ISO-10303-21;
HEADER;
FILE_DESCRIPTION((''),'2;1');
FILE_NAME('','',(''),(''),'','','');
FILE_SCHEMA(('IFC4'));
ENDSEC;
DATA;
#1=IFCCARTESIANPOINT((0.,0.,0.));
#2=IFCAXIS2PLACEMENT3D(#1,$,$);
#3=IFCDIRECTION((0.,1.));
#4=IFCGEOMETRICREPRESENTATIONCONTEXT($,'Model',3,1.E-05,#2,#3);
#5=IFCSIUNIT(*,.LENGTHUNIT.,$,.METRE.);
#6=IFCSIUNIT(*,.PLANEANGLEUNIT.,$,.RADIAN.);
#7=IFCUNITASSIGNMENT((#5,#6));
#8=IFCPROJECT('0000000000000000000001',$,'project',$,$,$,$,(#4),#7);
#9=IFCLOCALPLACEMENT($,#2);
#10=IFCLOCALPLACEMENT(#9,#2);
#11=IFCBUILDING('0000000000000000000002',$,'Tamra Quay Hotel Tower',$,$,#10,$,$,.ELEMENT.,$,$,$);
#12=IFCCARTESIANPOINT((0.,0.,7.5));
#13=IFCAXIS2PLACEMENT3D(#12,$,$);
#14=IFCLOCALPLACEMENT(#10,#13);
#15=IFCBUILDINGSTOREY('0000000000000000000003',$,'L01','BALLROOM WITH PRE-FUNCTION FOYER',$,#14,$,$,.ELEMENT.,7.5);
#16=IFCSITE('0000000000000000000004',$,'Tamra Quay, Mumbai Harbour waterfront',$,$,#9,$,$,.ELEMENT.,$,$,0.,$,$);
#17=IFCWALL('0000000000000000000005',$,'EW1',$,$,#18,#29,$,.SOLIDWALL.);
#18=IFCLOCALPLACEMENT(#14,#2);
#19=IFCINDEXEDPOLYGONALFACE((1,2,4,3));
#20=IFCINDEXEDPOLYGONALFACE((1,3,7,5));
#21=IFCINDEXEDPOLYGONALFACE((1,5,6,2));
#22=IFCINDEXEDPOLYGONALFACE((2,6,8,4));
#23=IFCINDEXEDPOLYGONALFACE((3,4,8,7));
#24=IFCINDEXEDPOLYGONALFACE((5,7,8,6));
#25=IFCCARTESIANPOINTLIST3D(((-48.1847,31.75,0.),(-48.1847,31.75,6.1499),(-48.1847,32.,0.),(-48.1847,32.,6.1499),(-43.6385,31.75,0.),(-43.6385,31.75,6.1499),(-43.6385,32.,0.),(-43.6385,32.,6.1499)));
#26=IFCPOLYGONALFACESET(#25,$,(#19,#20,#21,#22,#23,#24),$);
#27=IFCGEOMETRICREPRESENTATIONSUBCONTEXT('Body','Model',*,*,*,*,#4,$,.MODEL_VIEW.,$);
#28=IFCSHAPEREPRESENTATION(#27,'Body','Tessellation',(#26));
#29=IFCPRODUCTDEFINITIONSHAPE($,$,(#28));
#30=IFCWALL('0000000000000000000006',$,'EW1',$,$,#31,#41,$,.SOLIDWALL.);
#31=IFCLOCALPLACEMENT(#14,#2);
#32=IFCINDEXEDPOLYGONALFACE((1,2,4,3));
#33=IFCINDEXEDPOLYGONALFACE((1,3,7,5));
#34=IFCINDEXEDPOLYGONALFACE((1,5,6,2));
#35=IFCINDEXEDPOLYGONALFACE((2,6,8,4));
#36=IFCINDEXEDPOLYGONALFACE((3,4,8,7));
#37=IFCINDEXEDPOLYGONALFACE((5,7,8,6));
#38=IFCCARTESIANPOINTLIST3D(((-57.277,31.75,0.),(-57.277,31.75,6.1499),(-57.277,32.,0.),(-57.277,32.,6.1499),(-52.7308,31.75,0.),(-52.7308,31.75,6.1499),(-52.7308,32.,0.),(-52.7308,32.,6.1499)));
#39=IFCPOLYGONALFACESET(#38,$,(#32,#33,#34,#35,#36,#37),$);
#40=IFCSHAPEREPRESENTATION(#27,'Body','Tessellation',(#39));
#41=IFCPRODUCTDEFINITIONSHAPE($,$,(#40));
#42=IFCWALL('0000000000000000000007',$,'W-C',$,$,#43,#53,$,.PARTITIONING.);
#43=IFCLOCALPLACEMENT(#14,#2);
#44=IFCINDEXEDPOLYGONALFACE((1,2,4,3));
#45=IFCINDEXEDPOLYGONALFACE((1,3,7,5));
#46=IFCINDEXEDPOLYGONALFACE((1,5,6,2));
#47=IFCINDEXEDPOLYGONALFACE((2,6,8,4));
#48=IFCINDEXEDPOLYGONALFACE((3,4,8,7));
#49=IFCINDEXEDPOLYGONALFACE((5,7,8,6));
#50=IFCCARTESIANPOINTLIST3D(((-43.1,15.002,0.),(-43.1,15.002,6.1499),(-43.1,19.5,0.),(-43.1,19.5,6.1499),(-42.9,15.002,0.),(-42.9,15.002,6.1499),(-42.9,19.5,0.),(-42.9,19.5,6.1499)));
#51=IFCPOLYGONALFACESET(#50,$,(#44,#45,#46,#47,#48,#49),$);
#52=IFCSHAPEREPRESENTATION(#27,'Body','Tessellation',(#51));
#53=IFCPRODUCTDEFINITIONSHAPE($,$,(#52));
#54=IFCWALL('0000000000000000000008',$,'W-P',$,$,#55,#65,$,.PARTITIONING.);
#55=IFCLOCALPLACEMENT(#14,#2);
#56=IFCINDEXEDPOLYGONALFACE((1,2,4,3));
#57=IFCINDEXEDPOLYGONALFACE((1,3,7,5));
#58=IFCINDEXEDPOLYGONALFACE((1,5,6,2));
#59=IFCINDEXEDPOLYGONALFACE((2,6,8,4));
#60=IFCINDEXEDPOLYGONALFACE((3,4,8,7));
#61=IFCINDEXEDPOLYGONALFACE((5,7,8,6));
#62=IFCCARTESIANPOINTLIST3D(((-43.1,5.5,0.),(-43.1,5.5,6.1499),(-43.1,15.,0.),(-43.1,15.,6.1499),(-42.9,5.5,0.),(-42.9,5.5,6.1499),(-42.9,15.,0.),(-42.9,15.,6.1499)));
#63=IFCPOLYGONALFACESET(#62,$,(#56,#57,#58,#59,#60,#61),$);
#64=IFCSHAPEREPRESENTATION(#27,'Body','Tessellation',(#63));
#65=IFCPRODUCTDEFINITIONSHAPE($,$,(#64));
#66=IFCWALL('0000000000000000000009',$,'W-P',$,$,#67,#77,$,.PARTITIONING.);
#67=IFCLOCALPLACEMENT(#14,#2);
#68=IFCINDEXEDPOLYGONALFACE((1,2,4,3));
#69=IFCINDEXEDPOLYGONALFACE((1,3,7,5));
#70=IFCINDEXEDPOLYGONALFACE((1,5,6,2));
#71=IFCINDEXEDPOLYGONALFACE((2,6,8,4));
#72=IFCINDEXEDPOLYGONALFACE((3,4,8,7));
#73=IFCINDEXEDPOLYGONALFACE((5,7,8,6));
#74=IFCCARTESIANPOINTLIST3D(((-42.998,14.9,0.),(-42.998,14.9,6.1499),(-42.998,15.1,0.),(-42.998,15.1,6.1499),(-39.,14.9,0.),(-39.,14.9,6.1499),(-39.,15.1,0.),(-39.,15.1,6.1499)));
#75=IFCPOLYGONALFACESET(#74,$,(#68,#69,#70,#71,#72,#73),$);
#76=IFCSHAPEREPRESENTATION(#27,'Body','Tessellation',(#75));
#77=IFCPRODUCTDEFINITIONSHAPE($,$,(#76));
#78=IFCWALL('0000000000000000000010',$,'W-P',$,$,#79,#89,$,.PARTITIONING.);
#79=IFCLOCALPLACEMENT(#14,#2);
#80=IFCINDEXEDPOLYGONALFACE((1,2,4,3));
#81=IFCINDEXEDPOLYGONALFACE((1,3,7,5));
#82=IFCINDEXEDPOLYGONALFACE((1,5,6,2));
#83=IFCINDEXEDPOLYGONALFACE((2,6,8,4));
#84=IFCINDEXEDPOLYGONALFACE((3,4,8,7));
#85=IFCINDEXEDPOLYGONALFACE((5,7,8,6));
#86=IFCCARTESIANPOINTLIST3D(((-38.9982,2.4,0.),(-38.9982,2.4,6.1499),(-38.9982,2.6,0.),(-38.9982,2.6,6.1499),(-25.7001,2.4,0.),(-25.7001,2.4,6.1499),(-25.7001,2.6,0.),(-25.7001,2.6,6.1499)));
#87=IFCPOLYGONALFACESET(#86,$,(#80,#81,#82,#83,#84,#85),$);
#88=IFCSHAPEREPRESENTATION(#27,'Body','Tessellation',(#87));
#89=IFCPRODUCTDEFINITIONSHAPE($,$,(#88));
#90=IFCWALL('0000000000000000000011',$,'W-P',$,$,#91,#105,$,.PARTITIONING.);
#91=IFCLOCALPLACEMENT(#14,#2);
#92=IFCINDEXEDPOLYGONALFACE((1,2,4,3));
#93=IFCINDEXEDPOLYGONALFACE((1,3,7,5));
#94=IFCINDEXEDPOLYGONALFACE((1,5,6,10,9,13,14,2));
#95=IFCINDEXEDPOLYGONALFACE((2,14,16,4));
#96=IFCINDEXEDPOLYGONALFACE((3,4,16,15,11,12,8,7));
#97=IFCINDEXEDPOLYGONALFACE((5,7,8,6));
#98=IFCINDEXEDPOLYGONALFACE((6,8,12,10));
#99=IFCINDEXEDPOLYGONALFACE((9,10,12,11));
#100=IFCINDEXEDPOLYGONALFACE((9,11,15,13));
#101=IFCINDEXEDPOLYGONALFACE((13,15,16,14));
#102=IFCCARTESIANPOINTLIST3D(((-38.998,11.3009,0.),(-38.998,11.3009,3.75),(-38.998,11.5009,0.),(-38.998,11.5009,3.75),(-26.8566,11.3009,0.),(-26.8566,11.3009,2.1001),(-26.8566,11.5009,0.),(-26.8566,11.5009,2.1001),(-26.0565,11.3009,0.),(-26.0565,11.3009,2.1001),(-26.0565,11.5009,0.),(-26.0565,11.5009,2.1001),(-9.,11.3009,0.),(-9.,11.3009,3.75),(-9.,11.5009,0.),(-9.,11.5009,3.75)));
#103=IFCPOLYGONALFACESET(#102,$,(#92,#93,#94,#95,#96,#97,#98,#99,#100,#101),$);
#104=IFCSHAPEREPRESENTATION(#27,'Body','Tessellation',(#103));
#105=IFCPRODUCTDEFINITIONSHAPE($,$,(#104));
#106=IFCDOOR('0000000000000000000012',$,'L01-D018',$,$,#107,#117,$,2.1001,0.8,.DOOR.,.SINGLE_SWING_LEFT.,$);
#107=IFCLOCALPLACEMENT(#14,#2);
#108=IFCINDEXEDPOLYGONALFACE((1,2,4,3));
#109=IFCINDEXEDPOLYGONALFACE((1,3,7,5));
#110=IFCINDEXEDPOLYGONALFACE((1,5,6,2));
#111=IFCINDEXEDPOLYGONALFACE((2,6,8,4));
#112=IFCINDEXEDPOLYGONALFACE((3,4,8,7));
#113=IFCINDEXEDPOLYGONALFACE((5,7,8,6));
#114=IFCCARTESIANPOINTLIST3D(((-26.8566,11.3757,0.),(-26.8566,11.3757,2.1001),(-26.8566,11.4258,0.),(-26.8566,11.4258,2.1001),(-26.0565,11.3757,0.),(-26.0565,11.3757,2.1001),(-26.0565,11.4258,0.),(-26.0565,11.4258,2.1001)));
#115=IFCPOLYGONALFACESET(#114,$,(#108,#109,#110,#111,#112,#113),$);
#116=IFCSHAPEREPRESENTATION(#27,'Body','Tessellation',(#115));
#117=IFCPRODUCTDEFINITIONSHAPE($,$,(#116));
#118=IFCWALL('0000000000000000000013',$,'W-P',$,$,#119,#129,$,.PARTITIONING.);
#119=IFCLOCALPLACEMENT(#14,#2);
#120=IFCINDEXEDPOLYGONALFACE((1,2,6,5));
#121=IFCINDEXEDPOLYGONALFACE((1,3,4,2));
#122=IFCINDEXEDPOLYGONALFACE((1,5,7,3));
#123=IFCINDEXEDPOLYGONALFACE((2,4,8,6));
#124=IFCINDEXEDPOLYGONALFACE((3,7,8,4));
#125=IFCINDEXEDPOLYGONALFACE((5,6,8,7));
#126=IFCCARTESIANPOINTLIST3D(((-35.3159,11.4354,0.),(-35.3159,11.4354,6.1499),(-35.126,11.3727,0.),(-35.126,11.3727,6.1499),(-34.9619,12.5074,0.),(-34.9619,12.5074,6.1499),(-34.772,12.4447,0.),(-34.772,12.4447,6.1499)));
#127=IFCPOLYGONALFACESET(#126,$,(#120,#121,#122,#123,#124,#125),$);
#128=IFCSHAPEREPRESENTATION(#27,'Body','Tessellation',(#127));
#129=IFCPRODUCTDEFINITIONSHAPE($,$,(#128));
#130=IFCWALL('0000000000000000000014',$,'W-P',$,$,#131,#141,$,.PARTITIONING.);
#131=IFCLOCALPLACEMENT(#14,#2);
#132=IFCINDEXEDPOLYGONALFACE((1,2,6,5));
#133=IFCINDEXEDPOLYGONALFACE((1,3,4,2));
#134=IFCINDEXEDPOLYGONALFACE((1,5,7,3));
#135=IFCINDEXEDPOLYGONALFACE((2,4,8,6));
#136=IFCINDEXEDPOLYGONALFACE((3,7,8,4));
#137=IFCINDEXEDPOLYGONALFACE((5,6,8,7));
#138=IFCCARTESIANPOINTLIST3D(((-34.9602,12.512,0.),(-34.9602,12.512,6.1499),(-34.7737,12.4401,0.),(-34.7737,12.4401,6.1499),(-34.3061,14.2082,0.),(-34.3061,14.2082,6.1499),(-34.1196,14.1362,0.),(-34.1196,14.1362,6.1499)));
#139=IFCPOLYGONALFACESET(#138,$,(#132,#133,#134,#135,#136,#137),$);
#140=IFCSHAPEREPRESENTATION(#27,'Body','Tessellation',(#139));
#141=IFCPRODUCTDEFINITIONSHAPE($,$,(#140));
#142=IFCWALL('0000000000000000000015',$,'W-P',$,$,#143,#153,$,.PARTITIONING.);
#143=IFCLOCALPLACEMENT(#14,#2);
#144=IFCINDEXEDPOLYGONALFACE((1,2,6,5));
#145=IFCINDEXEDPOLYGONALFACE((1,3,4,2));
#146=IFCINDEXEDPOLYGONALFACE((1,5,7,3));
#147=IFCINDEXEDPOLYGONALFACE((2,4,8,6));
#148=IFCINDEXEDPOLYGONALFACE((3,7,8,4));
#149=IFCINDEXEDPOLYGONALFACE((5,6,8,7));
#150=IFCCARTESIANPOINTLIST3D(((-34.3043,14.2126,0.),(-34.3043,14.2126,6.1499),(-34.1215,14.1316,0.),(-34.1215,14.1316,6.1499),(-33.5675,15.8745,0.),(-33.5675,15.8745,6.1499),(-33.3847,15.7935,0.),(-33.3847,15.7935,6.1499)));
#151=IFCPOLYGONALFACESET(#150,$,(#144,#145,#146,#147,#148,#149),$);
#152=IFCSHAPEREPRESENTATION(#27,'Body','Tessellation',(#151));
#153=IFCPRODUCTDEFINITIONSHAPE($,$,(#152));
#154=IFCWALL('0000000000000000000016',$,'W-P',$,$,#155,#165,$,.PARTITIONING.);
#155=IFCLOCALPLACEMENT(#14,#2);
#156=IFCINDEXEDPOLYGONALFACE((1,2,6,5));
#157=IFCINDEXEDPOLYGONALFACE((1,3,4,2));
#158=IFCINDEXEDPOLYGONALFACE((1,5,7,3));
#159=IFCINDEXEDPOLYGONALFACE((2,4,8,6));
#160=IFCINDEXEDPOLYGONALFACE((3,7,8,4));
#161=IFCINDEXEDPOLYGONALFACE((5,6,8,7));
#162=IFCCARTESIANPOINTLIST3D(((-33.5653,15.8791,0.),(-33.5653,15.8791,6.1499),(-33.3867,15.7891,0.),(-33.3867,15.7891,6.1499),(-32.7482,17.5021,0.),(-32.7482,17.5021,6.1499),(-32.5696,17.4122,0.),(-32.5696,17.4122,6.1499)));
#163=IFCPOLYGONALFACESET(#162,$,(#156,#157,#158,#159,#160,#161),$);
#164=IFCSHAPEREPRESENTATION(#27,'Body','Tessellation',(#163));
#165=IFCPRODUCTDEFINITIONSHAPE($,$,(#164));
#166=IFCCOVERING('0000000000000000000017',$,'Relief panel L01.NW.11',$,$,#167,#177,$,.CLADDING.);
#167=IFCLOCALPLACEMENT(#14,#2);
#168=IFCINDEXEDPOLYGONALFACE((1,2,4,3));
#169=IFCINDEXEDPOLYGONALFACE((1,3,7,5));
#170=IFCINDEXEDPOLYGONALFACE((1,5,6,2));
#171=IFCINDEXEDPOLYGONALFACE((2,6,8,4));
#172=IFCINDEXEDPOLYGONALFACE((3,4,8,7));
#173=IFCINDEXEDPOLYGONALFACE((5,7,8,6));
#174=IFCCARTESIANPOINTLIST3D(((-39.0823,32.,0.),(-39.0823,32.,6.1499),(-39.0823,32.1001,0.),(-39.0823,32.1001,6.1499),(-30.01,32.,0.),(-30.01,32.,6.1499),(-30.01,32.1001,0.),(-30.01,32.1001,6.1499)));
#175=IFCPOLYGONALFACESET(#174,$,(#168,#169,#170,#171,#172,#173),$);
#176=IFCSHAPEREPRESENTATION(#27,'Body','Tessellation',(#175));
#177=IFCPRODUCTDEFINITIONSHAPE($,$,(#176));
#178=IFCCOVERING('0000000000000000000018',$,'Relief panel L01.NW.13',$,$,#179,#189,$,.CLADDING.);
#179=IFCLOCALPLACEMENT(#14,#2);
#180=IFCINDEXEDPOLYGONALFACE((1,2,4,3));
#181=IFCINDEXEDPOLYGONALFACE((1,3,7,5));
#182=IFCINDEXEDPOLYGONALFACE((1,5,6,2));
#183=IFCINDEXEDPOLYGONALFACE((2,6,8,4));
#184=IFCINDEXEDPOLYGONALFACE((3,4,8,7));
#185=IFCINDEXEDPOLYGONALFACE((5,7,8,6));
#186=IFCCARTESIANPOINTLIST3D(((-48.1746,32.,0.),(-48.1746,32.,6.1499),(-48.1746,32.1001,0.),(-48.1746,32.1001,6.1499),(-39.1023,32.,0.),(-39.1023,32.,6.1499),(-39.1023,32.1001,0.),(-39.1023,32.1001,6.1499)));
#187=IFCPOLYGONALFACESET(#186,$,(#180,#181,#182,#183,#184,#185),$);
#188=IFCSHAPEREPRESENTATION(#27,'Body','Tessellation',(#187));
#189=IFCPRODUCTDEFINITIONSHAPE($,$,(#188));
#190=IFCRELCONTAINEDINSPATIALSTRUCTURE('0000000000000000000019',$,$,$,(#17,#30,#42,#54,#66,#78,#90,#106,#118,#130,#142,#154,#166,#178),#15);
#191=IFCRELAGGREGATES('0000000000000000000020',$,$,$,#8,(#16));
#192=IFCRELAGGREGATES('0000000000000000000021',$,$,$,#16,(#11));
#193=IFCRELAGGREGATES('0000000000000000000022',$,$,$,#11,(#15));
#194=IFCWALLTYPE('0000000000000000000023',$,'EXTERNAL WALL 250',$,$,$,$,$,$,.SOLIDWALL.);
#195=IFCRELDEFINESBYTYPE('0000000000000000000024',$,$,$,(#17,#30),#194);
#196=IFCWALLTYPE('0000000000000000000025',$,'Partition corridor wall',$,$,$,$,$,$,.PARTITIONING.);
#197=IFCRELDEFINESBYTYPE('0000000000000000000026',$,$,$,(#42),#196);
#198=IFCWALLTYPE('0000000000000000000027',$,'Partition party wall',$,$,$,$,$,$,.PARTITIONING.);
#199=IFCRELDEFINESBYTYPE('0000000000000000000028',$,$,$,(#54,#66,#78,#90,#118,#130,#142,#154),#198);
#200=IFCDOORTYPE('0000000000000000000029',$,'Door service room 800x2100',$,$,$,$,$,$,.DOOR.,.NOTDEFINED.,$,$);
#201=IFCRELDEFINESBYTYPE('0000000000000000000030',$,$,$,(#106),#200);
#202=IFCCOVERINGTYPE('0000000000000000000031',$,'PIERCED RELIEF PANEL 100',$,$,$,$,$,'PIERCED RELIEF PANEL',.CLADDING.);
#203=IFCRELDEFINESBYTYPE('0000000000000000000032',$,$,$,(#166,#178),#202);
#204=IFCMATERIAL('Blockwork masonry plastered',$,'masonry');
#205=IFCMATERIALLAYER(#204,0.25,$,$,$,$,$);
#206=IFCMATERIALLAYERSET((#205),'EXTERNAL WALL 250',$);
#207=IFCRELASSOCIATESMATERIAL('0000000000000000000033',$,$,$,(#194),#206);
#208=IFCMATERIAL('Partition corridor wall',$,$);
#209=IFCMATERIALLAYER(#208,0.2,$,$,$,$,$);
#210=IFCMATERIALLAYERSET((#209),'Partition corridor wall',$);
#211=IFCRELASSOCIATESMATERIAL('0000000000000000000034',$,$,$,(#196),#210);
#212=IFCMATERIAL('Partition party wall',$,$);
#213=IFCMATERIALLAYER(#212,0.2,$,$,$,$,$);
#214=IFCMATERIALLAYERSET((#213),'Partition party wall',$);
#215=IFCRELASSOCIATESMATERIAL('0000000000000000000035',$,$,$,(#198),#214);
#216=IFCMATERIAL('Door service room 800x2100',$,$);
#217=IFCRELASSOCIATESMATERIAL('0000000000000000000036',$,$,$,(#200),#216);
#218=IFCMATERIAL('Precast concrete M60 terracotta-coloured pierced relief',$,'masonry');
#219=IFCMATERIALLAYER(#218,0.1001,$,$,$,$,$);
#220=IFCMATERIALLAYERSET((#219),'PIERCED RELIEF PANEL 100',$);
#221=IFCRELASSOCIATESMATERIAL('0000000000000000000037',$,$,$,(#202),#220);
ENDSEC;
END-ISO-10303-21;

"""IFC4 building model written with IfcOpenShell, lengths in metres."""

from ifc_helpers import new_model, si_unit, direction, frame, frame_2d, origin, origin_2d, place, context, subcontext, project, spatial, rectangle, extrude, material, layer, layer_set, type_object, element, fill, save


model = new_model("IFC4")

# Units and contexts
model_context = context("Model", 3, precision=1e-05, world=origin(), true_north=direction((0.0, 1.0)))
body_context = subcontext(model_context, "Body", "Model", "MODEL_VIEW")
ifc_project = project(units=[si_unit("LENGTHUNIT", "METRE"), si_unit("PLANEANGLEUNIT", "RADIAN")], contexts=[model_context])

# Site, building, storey
site_placement = place(None, origin())
site = spatial("IfcSite", under=ifc_project, at=site_placement, Name="Tamra Quay, Mumbai Harbour waterfront", CompositionType="ELEMENT", RefElevation=0.0)
building_placement = place(site_placement, origin())
building = spatial("IfcBuilding", under=site, at=building_placement, Name="Tamra Quay Hotel Tower", CompositionType="ELEMENT")
storey_placement = place(building_placement, frame((0.0, 0.0, 7.5)))
storey = spatial("IfcBuildingStorey", under=building, at=storey_placement, Name="L01", Description="BALLROOM WITH PRE-FUNCTION FOYER", CompositionType="ELEMENT", Elevation=7.5)

# Walls
ifc_material_1 = material(Name="Blockwork masonry plastered", Category="masonry")
ifc_layer_1 = layer(ifc_material_1, 0.25)
ifc_layer_set_1 = layer_set([ifc_layer_1], Name="EXTERNAL WALL 250")
wall_type_1 = type_object("IfcWallType", Name="EXTERNAL WALL 250", PredefinedType="SOLIDWALL", material=ifc_layer_set_1)
for number, where, z_axis, x_axis, name in (
    (1, (-48.1846, 31.875, 0.0), (0.0, 0.0, 1.0), (1.0, 0.0, 0.0), "EW1"),
    (2, (-57.2769, 31.875, 0.0), (0.0, 0.0, 1.0), (1.0, 0.0, 0.0), "EW1"),
):
    element("IfcWall", number, at=place(storey_placement, frame(where, z_axis=z_axis, x_axis=x_axis)), inside=storey, type_object=wall_type_1, Name=name, PredefinedType="SOLIDWALL", context=body_context, shape_type="SweptSolid", body=[
        extrude(rectangle(XDim=4.5461, YDim=0.25, at=frame_2d((2.2729, 0.0))), origin(), (0.0, 0.0, 1.0), 6.1499),
    ])
ifc_material_2 = material(Name="Partition corridor wall")
ifc_layer_2 = layer(ifc_material_2, 0.2)
ifc_layer_set_2 = layer_set([ifc_layer_2], Name="Partition corridor wall")
wall_type_2 = type_object("IfcWallType", Name="Partition corridor wall", PredefinedType="PARTITIONING", material=ifc_layer_set_2)
wall_1_placement = place(storey_placement, frame((-43.0, 15.002, 0.0), z_axis=(0.0, 0.0, 1.0), x_axis=(0.0, 1.0, 0.0)))
element("IfcWall", 3, at=wall_1_placement, inside=storey, type_object=wall_type_2, Name="W-C", PredefinedType="PARTITIONING", context=body_context, shape_type="SweptSolid", body=[
    extrude(rectangle(XDim=4.498, YDim=0.2, at=frame_2d((2.249, 0.0))), origin(), (0.0, 0.0, 1.0), 6.1499),
])
ifc_material_3 = material(Name="Partition party wall")
ifc_layer_3 = layer(ifc_material_3, 0.2)
ifc_layer_set_3 = layer_set([ifc_layer_3], Name="Partition party wall")
wall_type_3 = type_object("IfcWallType", Name="Partition party wall", PredefinedType="PARTITIONING", material=ifc_layer_set_3)
wall_2_placement = place(storey_placement, frame((-43.0, 5.5, 0.0), z_axis=(0.0, 0.0, 1.0), x_axis=(0.0, 1.0, 0.0)))
element("IfcWall", 4, at=wall_2_placement, inside=storey, type_object=wall_type_3, Name="W-P", PredefinedType="PARTITIONING", context=body_context, shape_type="SweptSolid", body=[
    extrude(rectangle(XDim=9.5, YDim=0.2, at=frame_2d((4.75, 0.0))), origin(), (0.0, 0.0, 1.0), 6.1499),
])
wall_3_placement = place(storey_placement, frame((-42.998, 15.0, 0.0), z_axis=(0.0, 0.0, 1.0), x_axis=(1.0, 0.0, 0.0)))
element("IfcWall", 5, at=wall_3_placement, inside=storey, type_object=wall_type_3, Name="W-P", PredefinedType="PARTITIONING", context=body_context, shape_type="SweptSolid", body=[
    extrude(rectangle(XDim=3.998, YDim=0.2, at=frame_2d((1.999, 0.0))), origin(), (0.0, 0.0, 1.0), 6.1499),
])
wall_4_placement = place(storey_placement, frame((-38.998, 2.5, 0.0), z_axis=(0.0, 0.0, 1.0), x_axis=(1.0, 0.0, 0.0)))
element("IfcWall", 6, at=wall_4_placement, inside=storey, type_object=wall_type_3, Name="W-P", PredefinedType="PARTITIONING", context=body_context, shape_type="SweptSolid", body=[
    extrude(rectangle(XDim=13.2981, YDim=0.2, at=frame_2d((6.6489, 0.0))), origin(), (0.0, 0.0, 1.0), 6.1499),
])

# Wall, opening, door
wall_5_placement = place(storey_placement, frame((-38.998, 11.4009, 0.0), z_axis=(0.0, 0.0, 1.0), x_axis=(1.0, 0.0, 0.0)))
wall_5 = element("IfcWall", 7, at=wall_5_placement, inside=storey, type_object=wall_type_3, Name="W-P", PredefinedType="PARTITIONING", context=body_context, shape_type="SweptSolid", body=[
    extrude(rectangle(XDim=29.998, YDim=0.2, at=frame_2d((14.999, 0.0))), origin(), (0.0, 0.0, 1.0), 3.75),
])
opening_placement = place(wall_5_placement, frame((12.1416, 0.0, 0.0)))
opening = element("IfcOpeningElement", 8, at=opening_placement, cuts=wall_5, PredefinedType="OPENING", context=body_context, shape_type="SweptSolid", body=[
    extrude(rectangle(XDim=0.8, YDim=2.1001, at=frame_2d((0.3999, 1.05))), frame((0.0, 0.1099, 0.0), z_axis=(0.0, -1.0, 0.0), x_axis=(1.0, 0.0, 0.0)), (0.0, 0.0, 1.0), 0.22),
])
ifc_material_4 = material(Name="Door service room 800x2100")
door_type = type_object("IfcDoorType", Name="Door service room 800x2100", OperationType="NOTDEFINED", PredefinedType="DOOR", material=ifc_material_4)
door_placement = place(opening_placement, origin())
door = element("IfcDoor", 9, at=door_placement, inside=storey, type_object=door_type, Name="L01-D018", OperationType="SINGLE_SWING_LEFT", OverallHeight=2.1001, OverallWidth=0.8, PredefinedType="DOOR", context=body_context, shape_type="SweptSolid", body=[
    extrude(rectangle(XDim=0.8, YDim=2.1001, at=frame_2d((0.3999, 1.05))), frame((0.0, 0.0249, 0.0), z_axis=(0.0, -1.0, 0.0), x_axis=(1.0, 0.0, 0.0)), (0.0, 0.0, 1.0), 0.05),
])
fill(opening, door)

# Walls
wall_6_placement = place(storey_placement, frame((-35.2209, 11.4041, 0.0), z_axis=(0.0, 0.0, 1.0), x_axis=(0.313567, 0.949566, 0.0)))
element("IfcWall", 10, at=wall_6_placement, inside=storey, type_object=wall_type_3, Name="W-P", PredefinedType="PARTITIONING", context=body_context, shape_type="SweptSolid", body=[
    extrude(rectangle(XDim=1.1289, YDim=0.2, at=frame_2d((0.5645, 0.0))), origin(), (0.0, 0.0, 1.0), 6.1499),
])
for number, where, z_axis, x_axis, name in (
    (11, (-34.8669, 12.4761, 0.0), (0.0, 0.0, 1.0), (0.359807, 0.933027, 0.0), "W-P"),
    (12, (-34.2129, 14.1721, 0.0), (0.0, 0.0, 1.0), (0.405316, 0.914177, 0.0), "W-P"),
):
    element("IfcWall", number, at=place(storey_placement, frame(where, z_axis=z_axis, x_axis=x_axis)), inside=storey, type_object=wall_type_3, Name=name, PredefinedType="PARTITIONING", context=body_context, shape_type="SweptSolid", body=[
        extrude(rectangle(XDim=1.8179, YDim=0.2, at=frame_2d((0.9089, 0.0))), origin(), (0.0, 0.0, 1.0), 6.1499),
    ])
wall_7_placement = place(storey_placement, frame((-33.4761, 15.834, 0.0), z_axis=(0.0, 0.0, 1.0), x_axis=(0.449684, 0.893188, 0.0)))
element("IfcWall", 13, at=wall_7_placement, inside=storey, type_object=wall_type_3, Name="W-P", PredefinedType="PARTITIONING", context=body_context, shape_type="SweptSolid", body=[
    extrude(rectangle(XDim=1.8171, YDim=0.2, at=frame_2d((0.9087, 0.0))), origin(), (0.0, 0.0, 1.0), 6.1499),
])

# Coverings
ifc_material_5 = material(Name="Precast concrete M60 terracotta-coloured pierced relief", Category="masonry")
ifc_layer_4 = layer(ifc_material_5, 0.1001)
ifc_layer_set_4 = layer_set([ifc_layer_4], Name="PIERCED RELIEF PANEL 100")
covering_type_1 = type_object("IfcCoveringType", Name="PIERCED RELIEF PANEL 100", ElementType="PIERCED RELIEF PANEL", PredefinedType="CLADDING", material=ifc_layer_set_4)
for number, where, z_axis, x_axis, name in (
    (14, (-34.5461, 32.05, 0.0), (0.0, 0.0, 1.0), (-1.0, 0.0, 0.0), "Relief panel L01.NW.11"),
    (15, (-43.6384, 32.05, 0.0), (0.0, 0.0, 1.0), (-1.0, 0.0, 0.0), "Relief panel L01.NW.13"),
):
    element("IfcCovering", number, at=place(storey_placement, frame(where, z_axis=z_axis, x_axis=x_axis)), inside=storey, type_object=covering_type_1, Name=name, PredefinedType="CLADDING", context=body_context, shape_type="SweptSolid", body=[
        extrude(rectangle(XDim=9.0723, YDim=0.1001, at=origin_2d()), origin(), (0.0, 0.0, 1.0), 6.1499),
    ])

save(model, "model.ifc")
